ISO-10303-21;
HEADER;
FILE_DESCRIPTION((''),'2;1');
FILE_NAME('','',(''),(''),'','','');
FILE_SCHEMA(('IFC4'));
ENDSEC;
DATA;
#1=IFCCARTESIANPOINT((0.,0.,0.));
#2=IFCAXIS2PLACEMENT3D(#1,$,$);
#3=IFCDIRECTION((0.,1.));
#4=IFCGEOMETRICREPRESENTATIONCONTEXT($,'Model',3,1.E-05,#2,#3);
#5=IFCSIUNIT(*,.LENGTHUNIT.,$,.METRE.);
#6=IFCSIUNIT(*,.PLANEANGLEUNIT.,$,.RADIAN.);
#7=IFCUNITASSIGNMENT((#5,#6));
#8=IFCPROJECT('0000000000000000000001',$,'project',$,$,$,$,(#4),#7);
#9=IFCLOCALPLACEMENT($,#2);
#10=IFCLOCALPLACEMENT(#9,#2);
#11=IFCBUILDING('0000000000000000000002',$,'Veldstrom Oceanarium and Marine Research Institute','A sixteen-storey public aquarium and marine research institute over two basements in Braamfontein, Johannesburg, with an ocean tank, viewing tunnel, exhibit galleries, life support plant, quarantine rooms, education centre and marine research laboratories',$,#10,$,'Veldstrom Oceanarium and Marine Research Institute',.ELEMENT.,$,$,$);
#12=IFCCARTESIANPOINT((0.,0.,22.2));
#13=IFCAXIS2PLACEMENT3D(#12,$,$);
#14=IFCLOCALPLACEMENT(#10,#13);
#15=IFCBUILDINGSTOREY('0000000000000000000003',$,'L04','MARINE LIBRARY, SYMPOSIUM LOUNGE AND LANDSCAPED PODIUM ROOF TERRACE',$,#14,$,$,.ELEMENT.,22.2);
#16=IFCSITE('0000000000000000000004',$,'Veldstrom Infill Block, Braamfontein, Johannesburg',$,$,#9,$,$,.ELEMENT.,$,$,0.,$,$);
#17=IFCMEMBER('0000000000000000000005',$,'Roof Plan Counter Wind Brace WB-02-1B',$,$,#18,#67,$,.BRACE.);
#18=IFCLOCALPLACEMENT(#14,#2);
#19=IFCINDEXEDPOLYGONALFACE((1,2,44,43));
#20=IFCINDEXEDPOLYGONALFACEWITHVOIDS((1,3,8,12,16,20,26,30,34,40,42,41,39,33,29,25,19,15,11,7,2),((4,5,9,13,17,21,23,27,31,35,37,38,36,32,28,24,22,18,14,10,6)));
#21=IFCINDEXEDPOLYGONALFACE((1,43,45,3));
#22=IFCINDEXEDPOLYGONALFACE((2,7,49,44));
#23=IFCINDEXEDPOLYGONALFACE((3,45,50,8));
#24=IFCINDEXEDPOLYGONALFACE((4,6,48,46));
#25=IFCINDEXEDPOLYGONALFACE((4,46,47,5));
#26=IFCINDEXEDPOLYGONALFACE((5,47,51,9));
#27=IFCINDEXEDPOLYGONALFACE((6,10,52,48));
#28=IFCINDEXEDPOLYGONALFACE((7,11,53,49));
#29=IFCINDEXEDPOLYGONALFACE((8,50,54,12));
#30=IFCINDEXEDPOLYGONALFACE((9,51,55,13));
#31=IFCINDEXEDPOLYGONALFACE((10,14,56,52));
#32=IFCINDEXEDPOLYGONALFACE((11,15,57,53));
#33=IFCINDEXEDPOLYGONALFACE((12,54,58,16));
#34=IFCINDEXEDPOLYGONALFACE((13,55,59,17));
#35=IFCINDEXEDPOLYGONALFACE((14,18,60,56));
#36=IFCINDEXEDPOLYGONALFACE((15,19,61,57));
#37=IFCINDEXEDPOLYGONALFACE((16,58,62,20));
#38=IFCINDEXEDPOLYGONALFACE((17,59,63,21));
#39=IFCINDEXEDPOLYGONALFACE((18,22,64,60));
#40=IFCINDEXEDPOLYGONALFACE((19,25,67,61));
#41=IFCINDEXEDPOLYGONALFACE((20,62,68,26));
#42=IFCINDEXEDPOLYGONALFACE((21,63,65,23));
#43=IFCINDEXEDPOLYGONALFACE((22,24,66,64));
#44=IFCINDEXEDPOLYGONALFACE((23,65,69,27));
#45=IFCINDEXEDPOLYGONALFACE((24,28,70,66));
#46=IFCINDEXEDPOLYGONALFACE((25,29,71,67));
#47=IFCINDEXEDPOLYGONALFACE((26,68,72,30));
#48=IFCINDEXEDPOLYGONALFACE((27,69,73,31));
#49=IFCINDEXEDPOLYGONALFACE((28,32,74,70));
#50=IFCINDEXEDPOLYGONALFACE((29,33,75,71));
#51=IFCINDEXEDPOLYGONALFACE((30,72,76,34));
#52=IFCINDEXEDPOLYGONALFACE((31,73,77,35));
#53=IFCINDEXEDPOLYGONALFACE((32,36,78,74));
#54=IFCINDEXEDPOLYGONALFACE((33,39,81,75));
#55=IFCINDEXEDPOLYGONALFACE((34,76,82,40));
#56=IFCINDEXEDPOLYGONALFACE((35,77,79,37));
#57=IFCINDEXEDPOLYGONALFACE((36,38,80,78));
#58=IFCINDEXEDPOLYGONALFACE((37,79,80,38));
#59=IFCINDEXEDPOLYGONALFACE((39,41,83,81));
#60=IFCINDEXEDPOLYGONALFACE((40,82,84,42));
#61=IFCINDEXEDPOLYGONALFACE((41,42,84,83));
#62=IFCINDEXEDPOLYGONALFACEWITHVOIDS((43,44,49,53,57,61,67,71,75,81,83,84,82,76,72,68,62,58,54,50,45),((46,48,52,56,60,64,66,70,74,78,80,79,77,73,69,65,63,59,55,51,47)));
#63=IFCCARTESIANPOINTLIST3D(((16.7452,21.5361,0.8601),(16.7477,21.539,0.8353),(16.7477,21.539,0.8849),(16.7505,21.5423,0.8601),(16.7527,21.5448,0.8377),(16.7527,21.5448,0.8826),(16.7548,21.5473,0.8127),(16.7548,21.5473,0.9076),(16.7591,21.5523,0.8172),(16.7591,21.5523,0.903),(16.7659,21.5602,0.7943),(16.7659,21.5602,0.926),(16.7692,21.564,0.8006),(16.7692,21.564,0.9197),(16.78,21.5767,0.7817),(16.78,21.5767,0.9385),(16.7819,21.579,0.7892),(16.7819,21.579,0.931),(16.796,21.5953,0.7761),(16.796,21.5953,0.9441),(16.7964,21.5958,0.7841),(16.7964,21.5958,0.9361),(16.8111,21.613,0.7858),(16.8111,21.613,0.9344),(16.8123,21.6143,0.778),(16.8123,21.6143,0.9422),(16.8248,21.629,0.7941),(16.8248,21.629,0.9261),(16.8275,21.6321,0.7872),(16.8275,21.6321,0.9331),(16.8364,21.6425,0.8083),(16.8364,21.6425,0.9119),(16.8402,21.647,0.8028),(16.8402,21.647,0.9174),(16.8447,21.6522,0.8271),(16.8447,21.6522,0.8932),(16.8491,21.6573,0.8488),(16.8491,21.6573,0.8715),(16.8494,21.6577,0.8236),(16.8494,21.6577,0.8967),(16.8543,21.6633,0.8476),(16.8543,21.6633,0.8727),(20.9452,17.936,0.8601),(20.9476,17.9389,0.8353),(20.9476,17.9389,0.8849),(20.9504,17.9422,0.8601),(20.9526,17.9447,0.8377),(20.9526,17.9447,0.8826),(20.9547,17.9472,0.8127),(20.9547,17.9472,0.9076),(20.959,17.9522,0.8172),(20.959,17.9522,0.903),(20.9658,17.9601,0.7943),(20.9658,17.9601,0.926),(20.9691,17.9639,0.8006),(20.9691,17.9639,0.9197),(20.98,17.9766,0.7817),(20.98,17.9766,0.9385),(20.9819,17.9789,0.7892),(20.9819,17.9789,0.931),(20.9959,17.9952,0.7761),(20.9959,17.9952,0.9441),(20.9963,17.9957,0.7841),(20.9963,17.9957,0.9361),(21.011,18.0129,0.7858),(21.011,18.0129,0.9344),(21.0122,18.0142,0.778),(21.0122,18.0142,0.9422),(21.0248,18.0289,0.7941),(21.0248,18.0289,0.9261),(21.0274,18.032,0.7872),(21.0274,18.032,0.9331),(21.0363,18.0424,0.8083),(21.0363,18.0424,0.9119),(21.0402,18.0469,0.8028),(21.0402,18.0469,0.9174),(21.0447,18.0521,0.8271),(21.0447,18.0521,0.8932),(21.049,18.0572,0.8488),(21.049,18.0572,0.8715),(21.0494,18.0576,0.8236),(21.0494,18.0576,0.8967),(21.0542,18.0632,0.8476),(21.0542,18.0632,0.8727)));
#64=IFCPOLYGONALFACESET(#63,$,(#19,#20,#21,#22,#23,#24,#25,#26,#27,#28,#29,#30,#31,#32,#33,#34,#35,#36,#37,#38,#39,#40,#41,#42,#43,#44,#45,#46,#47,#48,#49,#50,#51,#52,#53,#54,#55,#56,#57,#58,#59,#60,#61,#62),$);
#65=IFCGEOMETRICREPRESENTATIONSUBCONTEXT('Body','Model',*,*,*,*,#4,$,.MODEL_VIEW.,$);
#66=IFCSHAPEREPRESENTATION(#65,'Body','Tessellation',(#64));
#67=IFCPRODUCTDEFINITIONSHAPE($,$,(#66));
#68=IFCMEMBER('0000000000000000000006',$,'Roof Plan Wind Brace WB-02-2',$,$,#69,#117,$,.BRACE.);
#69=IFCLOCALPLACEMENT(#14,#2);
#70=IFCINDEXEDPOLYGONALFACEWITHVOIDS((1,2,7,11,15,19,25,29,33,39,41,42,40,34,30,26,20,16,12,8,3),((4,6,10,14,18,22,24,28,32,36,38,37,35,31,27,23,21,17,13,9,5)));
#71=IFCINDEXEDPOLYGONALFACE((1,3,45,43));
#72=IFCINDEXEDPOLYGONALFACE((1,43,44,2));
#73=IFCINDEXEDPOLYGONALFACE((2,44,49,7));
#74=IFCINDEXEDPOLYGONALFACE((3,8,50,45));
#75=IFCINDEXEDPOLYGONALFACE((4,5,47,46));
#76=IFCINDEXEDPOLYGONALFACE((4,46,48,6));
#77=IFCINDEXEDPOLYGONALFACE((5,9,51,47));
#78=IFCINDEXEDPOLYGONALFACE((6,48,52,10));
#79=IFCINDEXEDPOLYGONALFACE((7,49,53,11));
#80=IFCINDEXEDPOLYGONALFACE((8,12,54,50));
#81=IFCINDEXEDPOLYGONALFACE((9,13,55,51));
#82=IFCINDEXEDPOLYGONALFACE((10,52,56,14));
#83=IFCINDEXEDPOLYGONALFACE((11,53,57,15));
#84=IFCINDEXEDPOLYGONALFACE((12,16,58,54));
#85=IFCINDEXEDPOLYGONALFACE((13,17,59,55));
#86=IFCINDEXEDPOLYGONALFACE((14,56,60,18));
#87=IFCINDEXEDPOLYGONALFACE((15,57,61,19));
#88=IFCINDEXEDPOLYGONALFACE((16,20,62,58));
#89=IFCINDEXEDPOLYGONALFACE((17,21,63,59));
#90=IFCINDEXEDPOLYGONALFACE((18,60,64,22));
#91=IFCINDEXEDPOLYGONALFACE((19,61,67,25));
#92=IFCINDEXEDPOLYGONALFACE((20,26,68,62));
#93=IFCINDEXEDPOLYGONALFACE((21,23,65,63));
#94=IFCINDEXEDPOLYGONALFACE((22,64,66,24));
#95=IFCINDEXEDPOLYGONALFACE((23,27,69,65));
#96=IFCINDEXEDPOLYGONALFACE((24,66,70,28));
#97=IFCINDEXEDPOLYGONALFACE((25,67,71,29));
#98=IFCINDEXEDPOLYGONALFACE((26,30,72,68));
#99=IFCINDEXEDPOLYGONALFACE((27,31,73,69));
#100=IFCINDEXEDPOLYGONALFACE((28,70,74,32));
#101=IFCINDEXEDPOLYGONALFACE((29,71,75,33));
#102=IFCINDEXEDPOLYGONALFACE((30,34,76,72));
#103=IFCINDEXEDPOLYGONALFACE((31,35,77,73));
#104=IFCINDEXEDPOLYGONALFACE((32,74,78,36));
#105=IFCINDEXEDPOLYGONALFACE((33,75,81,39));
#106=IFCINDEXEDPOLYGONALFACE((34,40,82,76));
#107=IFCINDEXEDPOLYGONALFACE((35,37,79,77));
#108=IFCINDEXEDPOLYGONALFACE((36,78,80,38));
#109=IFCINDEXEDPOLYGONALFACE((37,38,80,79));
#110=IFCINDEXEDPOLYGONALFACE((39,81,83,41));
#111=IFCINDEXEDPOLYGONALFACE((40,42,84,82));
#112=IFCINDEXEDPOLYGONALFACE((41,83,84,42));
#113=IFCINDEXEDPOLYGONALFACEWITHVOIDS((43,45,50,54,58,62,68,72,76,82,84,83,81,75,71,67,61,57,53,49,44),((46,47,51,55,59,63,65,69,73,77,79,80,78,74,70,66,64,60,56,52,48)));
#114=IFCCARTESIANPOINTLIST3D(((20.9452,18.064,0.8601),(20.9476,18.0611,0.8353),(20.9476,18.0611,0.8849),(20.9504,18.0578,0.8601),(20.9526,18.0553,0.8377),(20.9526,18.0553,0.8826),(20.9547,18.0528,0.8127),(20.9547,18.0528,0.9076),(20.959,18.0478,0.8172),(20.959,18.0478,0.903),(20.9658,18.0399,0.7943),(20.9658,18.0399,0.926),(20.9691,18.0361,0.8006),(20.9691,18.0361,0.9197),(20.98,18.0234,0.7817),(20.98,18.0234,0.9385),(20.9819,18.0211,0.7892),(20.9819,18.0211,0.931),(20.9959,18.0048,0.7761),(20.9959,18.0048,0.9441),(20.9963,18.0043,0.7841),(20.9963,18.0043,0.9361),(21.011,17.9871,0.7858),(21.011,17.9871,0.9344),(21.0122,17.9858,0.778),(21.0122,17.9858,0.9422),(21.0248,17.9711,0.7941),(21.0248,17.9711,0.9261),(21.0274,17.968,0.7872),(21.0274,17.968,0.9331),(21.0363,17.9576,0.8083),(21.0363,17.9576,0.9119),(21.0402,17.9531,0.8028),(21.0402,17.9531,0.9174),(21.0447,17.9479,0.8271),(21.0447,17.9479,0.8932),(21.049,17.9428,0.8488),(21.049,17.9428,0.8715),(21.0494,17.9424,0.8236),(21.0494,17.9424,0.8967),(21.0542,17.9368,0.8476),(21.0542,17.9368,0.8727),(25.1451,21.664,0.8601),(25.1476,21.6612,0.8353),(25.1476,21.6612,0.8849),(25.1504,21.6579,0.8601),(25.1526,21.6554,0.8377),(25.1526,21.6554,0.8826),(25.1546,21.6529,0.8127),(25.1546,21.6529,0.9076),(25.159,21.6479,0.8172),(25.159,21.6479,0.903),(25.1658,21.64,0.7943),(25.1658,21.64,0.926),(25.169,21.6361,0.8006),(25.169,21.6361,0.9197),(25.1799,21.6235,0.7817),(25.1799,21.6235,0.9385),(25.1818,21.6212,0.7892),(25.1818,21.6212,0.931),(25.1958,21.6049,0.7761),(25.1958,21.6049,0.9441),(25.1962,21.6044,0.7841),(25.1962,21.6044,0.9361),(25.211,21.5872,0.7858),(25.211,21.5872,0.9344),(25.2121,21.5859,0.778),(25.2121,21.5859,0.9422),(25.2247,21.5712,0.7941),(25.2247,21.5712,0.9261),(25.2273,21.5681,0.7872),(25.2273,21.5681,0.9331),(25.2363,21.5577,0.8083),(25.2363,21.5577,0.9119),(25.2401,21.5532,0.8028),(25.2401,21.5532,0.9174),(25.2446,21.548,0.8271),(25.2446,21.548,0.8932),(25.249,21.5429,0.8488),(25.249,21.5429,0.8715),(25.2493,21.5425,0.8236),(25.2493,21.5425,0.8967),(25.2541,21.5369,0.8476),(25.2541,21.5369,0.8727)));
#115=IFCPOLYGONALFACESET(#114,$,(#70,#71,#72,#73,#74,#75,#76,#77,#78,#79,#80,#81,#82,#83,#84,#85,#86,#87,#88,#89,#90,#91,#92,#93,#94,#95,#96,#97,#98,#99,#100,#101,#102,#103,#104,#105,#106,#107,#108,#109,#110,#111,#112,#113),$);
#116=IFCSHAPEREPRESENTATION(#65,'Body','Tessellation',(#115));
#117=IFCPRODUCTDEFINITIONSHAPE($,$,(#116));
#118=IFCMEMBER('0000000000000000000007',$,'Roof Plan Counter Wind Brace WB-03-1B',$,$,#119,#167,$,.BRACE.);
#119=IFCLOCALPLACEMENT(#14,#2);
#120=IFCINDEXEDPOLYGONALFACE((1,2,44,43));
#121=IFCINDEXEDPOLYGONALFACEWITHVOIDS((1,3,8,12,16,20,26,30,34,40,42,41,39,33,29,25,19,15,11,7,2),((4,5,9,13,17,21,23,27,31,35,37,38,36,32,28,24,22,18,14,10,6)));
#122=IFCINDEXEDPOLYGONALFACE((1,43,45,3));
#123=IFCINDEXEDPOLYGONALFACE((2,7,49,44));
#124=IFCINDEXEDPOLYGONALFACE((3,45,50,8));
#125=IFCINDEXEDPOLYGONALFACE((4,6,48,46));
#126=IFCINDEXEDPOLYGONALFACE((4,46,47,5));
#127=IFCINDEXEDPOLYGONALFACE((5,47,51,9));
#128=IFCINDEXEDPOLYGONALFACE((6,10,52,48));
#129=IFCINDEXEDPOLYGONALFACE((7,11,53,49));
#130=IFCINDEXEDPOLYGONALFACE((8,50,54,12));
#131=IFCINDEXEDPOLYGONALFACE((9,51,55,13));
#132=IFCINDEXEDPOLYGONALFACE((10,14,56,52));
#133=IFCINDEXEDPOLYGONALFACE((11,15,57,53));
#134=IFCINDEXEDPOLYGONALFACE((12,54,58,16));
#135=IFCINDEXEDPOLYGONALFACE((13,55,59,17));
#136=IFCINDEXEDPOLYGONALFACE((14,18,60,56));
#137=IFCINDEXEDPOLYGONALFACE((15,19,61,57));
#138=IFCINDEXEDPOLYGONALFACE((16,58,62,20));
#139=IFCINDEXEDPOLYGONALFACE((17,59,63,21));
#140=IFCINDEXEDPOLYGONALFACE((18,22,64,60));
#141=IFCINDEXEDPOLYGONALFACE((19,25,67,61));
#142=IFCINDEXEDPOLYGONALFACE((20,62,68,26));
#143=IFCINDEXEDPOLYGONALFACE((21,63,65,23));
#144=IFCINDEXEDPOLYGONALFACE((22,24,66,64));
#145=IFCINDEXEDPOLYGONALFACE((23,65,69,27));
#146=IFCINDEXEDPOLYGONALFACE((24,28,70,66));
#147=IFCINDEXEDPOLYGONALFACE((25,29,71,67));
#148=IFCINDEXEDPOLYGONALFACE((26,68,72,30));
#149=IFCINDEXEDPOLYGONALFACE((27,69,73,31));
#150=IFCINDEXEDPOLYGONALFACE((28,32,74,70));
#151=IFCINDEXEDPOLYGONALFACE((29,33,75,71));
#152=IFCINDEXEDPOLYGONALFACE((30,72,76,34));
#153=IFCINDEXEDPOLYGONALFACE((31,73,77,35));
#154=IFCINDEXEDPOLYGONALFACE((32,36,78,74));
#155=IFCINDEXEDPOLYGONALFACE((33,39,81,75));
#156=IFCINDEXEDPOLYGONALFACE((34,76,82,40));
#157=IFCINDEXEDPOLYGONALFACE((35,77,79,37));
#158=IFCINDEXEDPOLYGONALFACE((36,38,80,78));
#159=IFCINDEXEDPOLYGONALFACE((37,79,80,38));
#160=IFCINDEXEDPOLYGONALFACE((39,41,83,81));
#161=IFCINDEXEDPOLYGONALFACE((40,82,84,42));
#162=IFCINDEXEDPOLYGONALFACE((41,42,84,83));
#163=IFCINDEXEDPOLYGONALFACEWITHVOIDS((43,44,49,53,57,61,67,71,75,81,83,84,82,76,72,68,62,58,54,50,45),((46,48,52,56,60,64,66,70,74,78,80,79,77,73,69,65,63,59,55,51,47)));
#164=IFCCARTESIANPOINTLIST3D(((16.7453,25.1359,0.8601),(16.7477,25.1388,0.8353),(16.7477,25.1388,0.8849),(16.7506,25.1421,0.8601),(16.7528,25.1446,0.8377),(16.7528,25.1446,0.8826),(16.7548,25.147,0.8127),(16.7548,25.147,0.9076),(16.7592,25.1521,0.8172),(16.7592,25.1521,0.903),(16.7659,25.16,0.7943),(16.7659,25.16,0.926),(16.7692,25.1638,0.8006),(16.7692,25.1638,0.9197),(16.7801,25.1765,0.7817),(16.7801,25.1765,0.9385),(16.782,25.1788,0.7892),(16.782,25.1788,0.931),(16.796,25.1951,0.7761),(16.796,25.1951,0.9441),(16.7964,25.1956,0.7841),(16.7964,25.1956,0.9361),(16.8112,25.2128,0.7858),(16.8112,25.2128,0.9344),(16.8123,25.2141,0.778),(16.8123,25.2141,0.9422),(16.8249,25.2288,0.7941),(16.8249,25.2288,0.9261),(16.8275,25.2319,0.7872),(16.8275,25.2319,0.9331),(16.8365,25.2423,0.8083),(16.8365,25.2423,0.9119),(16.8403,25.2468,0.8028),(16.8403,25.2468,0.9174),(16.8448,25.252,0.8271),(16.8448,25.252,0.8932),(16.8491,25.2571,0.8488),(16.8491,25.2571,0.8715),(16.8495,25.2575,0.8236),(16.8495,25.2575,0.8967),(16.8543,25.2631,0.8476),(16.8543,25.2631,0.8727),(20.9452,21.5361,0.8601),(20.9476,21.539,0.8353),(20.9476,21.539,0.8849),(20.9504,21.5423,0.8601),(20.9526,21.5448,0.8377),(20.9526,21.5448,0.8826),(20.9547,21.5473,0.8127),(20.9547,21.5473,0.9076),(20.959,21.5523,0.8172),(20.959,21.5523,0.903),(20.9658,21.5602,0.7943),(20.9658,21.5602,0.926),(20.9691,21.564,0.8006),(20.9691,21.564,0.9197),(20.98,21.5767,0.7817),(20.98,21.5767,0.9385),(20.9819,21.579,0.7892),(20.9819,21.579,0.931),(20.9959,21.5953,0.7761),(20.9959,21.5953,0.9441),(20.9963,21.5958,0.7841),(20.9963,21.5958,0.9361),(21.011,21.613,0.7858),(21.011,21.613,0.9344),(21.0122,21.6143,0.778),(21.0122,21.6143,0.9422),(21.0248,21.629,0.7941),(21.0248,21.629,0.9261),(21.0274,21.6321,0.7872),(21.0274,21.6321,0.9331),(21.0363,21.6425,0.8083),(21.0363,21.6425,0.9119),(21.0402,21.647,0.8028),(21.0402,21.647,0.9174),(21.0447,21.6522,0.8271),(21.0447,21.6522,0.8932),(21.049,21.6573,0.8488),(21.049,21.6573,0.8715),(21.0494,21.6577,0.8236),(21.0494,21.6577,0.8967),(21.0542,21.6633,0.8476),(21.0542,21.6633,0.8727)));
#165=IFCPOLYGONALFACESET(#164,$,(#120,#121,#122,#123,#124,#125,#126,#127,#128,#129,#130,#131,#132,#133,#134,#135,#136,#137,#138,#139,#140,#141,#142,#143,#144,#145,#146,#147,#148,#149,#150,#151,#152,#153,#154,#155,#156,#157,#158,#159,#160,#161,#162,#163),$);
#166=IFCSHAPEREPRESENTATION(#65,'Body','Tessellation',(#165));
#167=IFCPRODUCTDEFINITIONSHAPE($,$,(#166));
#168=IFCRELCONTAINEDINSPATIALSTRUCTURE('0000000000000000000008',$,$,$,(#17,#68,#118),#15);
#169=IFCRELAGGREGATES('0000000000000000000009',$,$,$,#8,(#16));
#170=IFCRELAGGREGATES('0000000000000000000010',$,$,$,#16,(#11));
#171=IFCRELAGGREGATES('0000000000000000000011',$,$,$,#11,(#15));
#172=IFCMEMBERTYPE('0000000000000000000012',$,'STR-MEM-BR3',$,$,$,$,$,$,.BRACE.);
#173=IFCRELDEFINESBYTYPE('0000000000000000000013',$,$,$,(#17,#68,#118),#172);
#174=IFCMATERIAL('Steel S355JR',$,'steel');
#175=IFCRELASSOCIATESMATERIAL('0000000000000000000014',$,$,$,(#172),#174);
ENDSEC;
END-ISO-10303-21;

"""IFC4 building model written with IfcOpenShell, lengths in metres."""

from ifc_helpers import new_model, si_unit, direction, frame, origin, origin_2d, place, context, subcontext, project, spatial, hollow_circle, extrude, material, material_profile, profile_set, type_object, element, save


model = new_model("IFC4")

# Units and contexts
model_context = context("Model", 3, precision=1e-05, world=origin(), true_north=direction((0.0, 1.0)))
body_context = subcontext(model_context, "Body", "Model", "MODEL_VIEW")
ifc_project = project(units=[si_unit("LENGTHUNIT", "METRE"), si_unit("PLANEANGLEUNIT", "RADIAN")], contexts=[model_context])

# Site, building, storey
site_placement = place(None, origin())
site = spatial("IfcSite", under=ifc_project, at=site_placement, Name="Veldstrom Infill Block, Braamfontein, Johannesburg", CompositionType="ELEMENT", RefElevation=0.0)
building_placement = place(site_placement, origin())
building = spatial("IfcBuilding", under=site, at=building_placement, Name="Veldstrom Oceanarium and Marine Research Institute", Description="A sixteen-storey public aquarium and marine research institute over two basements in Braamfontein, Johannesburg, with an ocean tank, viewing tunnel, exhibit galleries, life support plant, quarantine rooms, education centre and marine research laboratories", LongName="Veldstrom Oceanarium and Marine Research Institute", CompositionType="ELEMENT")
storey_placement = place(building_placement, frame((0.0, 0.0, 22.2)))
storey = spatial("IfcBuildingStorey", under=building, at=storey_placement, Name="L04", Description="MARINE LIBRARY, SYMPOSIUM LOUNGE AND LANDSCAPED PODIUM ROOF TERRACE", CompositionType="ELEMENT", Elevation=22.2)

# Members
ifc_material_1 = material(Name="Steel S355JR", Category="steel")
ifc_material_profile_1 = material_profile(ifc_material_1, hollow_circle(Radius=0.0842, WallThickness=0.0081, at=origin_2d()), Name="CHS 168.3x8")
ifc_profile_set_1 = profile_set([ifc_material_profile_1], Name="Steel S355JR")
member_type_1 = type_object("IfcMemberType", Name="STR-MEM-BR3", PredefinedType="BRACE", material=ifc_profile_set_1)
for number, where, z_axis, x_axis, name in (
    (1, (21.0, 18.0, 0.8601), (-0.759244, 0.650806, 0.0), (-0.650806, -0.759244, 0.0), "Roof Plan Counter Wind Brace WB-02-1B"),
    (2, (21.0, 18.0, 0.8601), (0.759244, 0.650806, 0.0), (-0.650806, 0.759244, 0.0), "Roof Plan Wind Brace WB-02-2"),
):
    element("IfcMember", number, at=place(storey_placement, frame(where, z_axis=z_axis, x_axis=x_axis)), inside=storey, type_object=member_type_1, Name=name, PredefinedType="BRACE", context=body_context, shape_type="SweptSolid", body=[
        extrude(hollow_circle(Radius=0.0842, WallThickness=0.0081, at=origin_2d()), origin(), (0.0, 0.0, 1.0), 5.5317),
    ])
for number, where, z_axis, x_axis, name in (
    (3, (21.0, 21.6001, 0.8601), (-0.759266, 0.65078, 0.0), (-0.65078, -0.759266, 0.0), "Roof Plan Counter Wind Brace WB-03-1B"),
):
    element("IfcMember", number, at=place(storey_placement, frame(where, z_axis=z_axis, x_axis=x_axis)), inside=storey, type_object=member_type_1, Name=name, PredefinedType="BRACE", context=body_context, shape_type="SweptSolid", body=[
        extrude(hollow_circle(Radius=0.0842, WallThickness=0.0081, at=origin_2d()), origin(), (0.0, 0.0, 1.0), 5.5315),
    ])

save(model, "model.ifc")
